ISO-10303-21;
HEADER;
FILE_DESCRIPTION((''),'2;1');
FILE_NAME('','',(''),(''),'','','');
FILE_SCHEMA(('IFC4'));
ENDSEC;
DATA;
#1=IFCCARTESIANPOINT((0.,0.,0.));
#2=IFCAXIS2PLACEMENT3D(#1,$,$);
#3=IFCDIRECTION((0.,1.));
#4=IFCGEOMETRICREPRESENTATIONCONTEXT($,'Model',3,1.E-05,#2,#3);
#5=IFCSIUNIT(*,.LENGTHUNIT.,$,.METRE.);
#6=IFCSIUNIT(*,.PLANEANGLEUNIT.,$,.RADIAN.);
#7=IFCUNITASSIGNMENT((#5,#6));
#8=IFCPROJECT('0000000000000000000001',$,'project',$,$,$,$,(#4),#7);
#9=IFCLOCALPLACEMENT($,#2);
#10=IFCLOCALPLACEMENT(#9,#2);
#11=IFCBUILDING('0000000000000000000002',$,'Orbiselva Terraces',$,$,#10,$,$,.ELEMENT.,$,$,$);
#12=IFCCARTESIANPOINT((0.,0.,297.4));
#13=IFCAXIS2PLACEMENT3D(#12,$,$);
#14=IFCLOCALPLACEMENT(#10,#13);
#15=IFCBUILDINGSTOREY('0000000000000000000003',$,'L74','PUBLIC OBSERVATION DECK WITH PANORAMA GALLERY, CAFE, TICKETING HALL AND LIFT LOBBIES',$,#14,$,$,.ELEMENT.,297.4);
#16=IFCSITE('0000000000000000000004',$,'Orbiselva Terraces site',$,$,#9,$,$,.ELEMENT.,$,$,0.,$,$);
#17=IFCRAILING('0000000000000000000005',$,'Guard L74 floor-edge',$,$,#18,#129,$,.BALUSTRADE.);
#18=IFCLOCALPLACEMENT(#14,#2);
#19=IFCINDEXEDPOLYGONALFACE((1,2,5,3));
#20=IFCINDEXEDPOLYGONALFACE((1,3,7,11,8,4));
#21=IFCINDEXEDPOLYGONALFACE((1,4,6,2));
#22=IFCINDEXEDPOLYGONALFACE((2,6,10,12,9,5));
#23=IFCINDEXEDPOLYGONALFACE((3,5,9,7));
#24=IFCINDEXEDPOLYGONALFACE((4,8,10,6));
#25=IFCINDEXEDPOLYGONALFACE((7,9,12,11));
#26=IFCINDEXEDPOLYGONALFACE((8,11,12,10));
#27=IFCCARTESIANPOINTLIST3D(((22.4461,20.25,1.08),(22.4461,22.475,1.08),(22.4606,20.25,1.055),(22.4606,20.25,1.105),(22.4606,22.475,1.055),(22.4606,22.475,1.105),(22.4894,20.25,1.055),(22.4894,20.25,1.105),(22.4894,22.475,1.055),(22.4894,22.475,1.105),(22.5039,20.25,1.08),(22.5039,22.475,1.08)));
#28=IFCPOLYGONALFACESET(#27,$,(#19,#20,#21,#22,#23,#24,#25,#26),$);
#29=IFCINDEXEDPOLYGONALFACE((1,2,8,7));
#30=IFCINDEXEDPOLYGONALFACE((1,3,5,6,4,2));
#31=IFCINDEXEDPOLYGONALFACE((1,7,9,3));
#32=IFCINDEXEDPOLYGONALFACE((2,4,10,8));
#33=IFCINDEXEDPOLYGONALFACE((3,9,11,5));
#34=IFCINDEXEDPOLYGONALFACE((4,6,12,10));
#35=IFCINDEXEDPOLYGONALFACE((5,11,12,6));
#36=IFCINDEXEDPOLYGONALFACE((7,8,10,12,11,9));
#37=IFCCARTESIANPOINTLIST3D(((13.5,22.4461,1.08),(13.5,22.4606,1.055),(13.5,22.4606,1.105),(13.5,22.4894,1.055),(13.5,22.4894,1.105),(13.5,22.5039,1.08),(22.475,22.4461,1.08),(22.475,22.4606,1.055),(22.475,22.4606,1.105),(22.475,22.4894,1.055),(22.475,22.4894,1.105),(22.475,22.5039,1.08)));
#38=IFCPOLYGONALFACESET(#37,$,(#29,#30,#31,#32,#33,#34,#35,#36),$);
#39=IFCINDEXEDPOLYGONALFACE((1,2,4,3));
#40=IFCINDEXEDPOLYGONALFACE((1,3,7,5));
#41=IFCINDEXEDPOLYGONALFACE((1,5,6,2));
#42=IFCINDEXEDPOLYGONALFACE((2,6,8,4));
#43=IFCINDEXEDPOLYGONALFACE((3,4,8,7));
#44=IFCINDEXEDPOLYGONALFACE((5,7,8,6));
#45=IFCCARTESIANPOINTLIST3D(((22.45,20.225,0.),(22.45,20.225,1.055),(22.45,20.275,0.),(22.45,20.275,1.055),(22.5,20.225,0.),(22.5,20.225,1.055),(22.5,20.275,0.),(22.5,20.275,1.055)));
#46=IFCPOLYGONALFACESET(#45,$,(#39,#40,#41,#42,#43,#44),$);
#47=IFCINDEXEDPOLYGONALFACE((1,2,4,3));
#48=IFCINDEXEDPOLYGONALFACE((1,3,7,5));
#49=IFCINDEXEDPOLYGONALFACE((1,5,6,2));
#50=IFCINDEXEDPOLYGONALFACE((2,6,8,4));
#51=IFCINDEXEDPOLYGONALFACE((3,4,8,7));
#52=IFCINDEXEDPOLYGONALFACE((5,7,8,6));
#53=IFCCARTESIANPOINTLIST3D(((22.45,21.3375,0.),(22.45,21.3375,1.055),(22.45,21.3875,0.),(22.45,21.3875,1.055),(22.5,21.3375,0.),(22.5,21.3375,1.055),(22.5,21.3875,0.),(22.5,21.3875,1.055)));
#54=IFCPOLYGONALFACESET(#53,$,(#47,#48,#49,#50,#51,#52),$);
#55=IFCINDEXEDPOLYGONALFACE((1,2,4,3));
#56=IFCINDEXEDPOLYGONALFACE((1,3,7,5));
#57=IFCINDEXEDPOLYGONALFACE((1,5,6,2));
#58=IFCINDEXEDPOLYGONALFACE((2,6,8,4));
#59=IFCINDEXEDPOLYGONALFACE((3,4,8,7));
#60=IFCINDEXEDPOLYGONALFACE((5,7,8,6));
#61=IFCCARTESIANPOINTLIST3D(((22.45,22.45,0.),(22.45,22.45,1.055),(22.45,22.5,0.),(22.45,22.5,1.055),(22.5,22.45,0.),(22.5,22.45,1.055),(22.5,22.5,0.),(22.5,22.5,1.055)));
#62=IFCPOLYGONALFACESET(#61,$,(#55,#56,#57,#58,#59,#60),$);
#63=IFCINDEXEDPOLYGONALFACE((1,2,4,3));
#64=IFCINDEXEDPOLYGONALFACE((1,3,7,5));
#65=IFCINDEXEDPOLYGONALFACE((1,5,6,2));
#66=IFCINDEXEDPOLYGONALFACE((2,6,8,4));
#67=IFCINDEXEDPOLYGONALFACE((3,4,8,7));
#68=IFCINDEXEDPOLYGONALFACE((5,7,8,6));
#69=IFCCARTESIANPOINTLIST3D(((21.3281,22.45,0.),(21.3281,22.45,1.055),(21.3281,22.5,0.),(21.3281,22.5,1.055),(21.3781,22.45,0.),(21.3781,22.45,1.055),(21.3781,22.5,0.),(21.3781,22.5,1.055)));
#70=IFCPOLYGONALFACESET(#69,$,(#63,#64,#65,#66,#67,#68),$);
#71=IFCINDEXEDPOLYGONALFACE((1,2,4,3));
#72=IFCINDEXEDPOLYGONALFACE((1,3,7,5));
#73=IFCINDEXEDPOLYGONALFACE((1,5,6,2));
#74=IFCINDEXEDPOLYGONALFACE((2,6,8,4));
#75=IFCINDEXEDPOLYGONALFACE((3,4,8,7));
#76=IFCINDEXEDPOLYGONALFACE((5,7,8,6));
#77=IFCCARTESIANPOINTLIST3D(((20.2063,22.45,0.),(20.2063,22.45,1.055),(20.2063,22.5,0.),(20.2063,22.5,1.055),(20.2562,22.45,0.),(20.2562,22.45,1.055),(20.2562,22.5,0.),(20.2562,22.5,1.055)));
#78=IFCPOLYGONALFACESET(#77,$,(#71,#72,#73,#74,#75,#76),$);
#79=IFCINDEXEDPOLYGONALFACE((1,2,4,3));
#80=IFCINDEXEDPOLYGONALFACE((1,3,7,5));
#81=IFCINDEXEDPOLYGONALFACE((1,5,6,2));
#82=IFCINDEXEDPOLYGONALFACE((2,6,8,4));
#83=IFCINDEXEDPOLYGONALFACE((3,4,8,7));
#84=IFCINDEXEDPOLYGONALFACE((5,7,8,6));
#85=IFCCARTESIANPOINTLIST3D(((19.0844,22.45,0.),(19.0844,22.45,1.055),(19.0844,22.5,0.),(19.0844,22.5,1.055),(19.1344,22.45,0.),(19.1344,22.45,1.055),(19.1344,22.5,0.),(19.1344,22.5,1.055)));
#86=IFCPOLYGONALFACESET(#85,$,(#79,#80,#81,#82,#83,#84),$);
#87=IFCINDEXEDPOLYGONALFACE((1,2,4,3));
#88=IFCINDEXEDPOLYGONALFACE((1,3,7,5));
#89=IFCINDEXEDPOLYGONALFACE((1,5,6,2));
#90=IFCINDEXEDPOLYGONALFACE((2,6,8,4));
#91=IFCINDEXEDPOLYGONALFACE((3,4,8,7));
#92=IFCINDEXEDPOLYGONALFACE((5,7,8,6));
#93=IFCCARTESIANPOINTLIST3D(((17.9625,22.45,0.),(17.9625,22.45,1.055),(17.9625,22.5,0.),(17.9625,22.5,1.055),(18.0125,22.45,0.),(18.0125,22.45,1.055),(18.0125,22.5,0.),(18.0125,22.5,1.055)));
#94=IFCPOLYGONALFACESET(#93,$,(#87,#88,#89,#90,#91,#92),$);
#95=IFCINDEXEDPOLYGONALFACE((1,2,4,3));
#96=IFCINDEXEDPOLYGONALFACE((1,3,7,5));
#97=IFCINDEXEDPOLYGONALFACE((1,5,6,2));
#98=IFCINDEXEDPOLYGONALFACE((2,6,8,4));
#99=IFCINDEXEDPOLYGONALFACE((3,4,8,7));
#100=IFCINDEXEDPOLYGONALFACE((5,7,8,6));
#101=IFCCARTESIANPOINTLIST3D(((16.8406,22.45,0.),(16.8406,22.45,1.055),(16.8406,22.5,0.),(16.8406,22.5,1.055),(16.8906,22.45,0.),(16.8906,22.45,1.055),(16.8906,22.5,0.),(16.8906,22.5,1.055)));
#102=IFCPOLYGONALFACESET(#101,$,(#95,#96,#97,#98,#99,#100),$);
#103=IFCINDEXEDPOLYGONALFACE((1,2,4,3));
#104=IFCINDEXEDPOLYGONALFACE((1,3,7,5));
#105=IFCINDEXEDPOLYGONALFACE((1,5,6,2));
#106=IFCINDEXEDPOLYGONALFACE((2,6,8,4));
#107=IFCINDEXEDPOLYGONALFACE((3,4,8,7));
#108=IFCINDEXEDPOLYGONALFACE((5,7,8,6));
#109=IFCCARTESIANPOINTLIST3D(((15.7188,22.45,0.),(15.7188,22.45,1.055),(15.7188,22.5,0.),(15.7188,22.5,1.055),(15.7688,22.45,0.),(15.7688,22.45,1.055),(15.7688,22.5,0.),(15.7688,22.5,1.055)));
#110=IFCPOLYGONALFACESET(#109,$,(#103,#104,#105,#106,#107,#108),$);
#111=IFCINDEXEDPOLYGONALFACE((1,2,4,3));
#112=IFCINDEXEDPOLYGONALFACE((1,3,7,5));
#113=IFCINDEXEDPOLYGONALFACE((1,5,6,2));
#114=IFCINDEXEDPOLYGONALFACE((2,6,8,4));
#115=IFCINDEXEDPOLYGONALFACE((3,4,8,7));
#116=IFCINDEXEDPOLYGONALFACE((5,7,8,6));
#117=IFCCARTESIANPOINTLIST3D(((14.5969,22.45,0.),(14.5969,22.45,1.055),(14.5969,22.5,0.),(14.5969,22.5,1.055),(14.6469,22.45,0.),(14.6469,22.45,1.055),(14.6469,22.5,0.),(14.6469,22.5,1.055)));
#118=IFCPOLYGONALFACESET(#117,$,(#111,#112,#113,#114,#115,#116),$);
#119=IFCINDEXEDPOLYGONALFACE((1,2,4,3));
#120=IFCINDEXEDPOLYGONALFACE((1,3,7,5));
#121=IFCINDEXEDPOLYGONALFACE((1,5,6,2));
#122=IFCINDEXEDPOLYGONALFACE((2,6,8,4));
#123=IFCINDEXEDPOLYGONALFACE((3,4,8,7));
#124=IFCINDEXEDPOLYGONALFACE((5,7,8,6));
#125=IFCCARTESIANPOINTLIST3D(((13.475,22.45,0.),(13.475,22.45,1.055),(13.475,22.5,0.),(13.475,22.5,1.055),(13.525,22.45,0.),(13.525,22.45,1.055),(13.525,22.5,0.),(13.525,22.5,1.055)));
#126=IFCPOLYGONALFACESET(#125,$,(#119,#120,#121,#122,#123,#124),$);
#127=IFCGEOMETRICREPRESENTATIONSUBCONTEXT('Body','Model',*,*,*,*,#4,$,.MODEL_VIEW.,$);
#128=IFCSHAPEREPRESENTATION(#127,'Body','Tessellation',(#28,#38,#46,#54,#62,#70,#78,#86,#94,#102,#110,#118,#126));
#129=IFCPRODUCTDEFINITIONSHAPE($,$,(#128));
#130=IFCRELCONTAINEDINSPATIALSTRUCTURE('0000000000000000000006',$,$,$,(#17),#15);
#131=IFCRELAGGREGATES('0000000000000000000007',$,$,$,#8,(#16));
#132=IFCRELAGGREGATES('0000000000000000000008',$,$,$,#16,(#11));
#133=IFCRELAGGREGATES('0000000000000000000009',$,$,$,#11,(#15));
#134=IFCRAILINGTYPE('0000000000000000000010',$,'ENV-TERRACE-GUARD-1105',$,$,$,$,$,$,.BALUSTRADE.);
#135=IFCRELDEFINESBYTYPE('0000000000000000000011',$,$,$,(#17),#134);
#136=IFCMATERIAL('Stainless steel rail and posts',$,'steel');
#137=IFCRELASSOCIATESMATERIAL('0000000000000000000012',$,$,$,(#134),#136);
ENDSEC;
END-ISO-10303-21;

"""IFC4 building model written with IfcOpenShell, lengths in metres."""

from ifc_helpers import new_model, si_unit, direction, frame, origin, origin_2d, place, context, subcontext, project, spatial, polyline, rectangle, outline, extrude, material, type_object, element, save


model = new_model("IFC4")

# Units and contexts
model_context = context("Model", 3, precision=1e-05, world=origin(), true_north=direction((0.0, 1.0)))
body_context = subcontext(model_context, "Body", "Model", "MODEL_VIEW")
ifc_project = project(units=[si_unit("LENGTHUNIT", "METRE"), si_unit("PLANEANGLEUNIT", "RADIAN")], contexts=[model_context])

# Site, building, storey
site_placement = place(None, origin())
site = spatial("IfcSite", under=ifc_project, at=site_placement, Name="Orbiselva Terraces site", CompositionType="ELEMENT", RefElevation=0.0)
building_placement = place(site_placement, origin())
building = spatial("IfcBuilding", under=site, at=building_placement, Name="Orbiselva Terraces", CompositionType="ELEMENT")
storey_placement = place(building_placement, frame((0.0, 0.0, 297.4)))
storey = spatial("IfcBuildingStorey", under=building, at=storey_placement, Name="L74", Description="PUBLIC OBSERVATION DECK WITH PANORAMA GALLERY, CAFE, TICKETING HALL AND LIFT LOBBIES", CompositionType="ELEMENT", Elevation=297.4)

# Railing
ifc_material_1 = material(Name="Stainless steel rail and posts", Category="steel")
railing_type = type_object("IfcRailingType", Name="ENV-TERRACE-GUARD-1105", PredefinedType="BALUSTRADE", material=ifc_material_1)
railing_placement = place(storey_placement, frame((22.475, 20.25, 0.0)))
element("IfcRailing", 1, at=railing_placement, inside=storey, type_object=railing_type, Name="Guard L74 floor-edge", PredefinedType="BALUSTRADE", context=body_context, shape_type="SweptSolid", body=[
    extrude(outline(polyline([(0.0289, 0.0), (0.0144, 0.025), (-0.0144, 0.025), (-0.0289, 0.0), (-0.0144, -0.025), (0.0144, -0.025), (0.0289, 0.0)])), frame((0.0, 0.0, 1.08), z_axis=(0.0, 1.0, 0.0), x_axis=(-1.0, 0.0, 0.0)), (0.0, 0.0, 1.0), 2.225),
    extrude(outline(polyline([(0.0289, 0.0), (0.0144, 0.025), (-0.0144, 0.025), (-0.0289, 0.0), (-0.0144, -0.025), (0.0144, -0.025), (0.0289, 0.0)])), frame((0.0, 2.225, 1.08), z_axis=(-1.0, 0.0, 0.0), x_axis=(0.0, -1.0, 0.0)), (0.0, 0.0, 1.0), 8.975),
    extrude(rectangle(XDim=0.05, YDim=0.05, at=origin_2d()), origin(), (0.0, 0.0, 1.0), 1.055),
    extrude(rectangle(XDim=0.05, YDim=0.05, at=origin_2d()), frame((0.0, 1.1125, 0.0)), (0.0, 0.0, 1.0), 1.055),
    extrude(rectangle(XDim=0.05, YDim=0.05, at=origin_2d()), frame((0.0, 2.225, 0.0)), (0.0, 0.0, 1.0), 1.055),
    extrude(rectangle(XDim=0.05, YDim=0.05, at=origin_2d()), frame((-1.1219, 2.225, 0.0)), (0.0, 0.0, 1.0), 1.055),
    extrude(rectangle(XDim=0.05, YDim=0.05, at=origin_2d()), frame((-2.2437, 2.225, 0.0)), (0.0, 0.0, 1.0), 1.055),
    extrude(rectangle(XDim=0.05, YDim=0.05, at=origin_2d()), frame((-3.3656, 2.225, 0.0)), (0.0, 0.0, 1.0), 1.055),
    extrude(rectangle(XDim=0.05, YDim=0.05, at=origin_2d()), frame((-4.4875, 2.225, 0.0)), (0.0, 0.0, 1.0), 1.055),
    extrude(rectangle(XDim=0.05, YDim=0.05, at=origin_2d()), frame((-5.6094, 2.225, 0.0)), (0.0, 0.0, 1.0), 1.055),
    extrude(rectangle(XDim=0.05, YDim=0.05, at=origin_2d()), frame((-6.7313, 2.225, 0.0)), (0.0, 0.0, 1.0), 1.055),
    extrude(rectangle(XDim=0.05, YDim=0.05, at=origin_2d()), frame((-7.8531, 2.225, 0.0)), (0.0, 0.0, 1.0), 1.055),
    extrude(rectangle(XDim=0.05, YDim=0.05, at=origin_2d()), frame((-8.975, 2.225, 0.0)), (0.0, 0.0, 1.0), 1.055),
])

save(model, "model.ifc")
